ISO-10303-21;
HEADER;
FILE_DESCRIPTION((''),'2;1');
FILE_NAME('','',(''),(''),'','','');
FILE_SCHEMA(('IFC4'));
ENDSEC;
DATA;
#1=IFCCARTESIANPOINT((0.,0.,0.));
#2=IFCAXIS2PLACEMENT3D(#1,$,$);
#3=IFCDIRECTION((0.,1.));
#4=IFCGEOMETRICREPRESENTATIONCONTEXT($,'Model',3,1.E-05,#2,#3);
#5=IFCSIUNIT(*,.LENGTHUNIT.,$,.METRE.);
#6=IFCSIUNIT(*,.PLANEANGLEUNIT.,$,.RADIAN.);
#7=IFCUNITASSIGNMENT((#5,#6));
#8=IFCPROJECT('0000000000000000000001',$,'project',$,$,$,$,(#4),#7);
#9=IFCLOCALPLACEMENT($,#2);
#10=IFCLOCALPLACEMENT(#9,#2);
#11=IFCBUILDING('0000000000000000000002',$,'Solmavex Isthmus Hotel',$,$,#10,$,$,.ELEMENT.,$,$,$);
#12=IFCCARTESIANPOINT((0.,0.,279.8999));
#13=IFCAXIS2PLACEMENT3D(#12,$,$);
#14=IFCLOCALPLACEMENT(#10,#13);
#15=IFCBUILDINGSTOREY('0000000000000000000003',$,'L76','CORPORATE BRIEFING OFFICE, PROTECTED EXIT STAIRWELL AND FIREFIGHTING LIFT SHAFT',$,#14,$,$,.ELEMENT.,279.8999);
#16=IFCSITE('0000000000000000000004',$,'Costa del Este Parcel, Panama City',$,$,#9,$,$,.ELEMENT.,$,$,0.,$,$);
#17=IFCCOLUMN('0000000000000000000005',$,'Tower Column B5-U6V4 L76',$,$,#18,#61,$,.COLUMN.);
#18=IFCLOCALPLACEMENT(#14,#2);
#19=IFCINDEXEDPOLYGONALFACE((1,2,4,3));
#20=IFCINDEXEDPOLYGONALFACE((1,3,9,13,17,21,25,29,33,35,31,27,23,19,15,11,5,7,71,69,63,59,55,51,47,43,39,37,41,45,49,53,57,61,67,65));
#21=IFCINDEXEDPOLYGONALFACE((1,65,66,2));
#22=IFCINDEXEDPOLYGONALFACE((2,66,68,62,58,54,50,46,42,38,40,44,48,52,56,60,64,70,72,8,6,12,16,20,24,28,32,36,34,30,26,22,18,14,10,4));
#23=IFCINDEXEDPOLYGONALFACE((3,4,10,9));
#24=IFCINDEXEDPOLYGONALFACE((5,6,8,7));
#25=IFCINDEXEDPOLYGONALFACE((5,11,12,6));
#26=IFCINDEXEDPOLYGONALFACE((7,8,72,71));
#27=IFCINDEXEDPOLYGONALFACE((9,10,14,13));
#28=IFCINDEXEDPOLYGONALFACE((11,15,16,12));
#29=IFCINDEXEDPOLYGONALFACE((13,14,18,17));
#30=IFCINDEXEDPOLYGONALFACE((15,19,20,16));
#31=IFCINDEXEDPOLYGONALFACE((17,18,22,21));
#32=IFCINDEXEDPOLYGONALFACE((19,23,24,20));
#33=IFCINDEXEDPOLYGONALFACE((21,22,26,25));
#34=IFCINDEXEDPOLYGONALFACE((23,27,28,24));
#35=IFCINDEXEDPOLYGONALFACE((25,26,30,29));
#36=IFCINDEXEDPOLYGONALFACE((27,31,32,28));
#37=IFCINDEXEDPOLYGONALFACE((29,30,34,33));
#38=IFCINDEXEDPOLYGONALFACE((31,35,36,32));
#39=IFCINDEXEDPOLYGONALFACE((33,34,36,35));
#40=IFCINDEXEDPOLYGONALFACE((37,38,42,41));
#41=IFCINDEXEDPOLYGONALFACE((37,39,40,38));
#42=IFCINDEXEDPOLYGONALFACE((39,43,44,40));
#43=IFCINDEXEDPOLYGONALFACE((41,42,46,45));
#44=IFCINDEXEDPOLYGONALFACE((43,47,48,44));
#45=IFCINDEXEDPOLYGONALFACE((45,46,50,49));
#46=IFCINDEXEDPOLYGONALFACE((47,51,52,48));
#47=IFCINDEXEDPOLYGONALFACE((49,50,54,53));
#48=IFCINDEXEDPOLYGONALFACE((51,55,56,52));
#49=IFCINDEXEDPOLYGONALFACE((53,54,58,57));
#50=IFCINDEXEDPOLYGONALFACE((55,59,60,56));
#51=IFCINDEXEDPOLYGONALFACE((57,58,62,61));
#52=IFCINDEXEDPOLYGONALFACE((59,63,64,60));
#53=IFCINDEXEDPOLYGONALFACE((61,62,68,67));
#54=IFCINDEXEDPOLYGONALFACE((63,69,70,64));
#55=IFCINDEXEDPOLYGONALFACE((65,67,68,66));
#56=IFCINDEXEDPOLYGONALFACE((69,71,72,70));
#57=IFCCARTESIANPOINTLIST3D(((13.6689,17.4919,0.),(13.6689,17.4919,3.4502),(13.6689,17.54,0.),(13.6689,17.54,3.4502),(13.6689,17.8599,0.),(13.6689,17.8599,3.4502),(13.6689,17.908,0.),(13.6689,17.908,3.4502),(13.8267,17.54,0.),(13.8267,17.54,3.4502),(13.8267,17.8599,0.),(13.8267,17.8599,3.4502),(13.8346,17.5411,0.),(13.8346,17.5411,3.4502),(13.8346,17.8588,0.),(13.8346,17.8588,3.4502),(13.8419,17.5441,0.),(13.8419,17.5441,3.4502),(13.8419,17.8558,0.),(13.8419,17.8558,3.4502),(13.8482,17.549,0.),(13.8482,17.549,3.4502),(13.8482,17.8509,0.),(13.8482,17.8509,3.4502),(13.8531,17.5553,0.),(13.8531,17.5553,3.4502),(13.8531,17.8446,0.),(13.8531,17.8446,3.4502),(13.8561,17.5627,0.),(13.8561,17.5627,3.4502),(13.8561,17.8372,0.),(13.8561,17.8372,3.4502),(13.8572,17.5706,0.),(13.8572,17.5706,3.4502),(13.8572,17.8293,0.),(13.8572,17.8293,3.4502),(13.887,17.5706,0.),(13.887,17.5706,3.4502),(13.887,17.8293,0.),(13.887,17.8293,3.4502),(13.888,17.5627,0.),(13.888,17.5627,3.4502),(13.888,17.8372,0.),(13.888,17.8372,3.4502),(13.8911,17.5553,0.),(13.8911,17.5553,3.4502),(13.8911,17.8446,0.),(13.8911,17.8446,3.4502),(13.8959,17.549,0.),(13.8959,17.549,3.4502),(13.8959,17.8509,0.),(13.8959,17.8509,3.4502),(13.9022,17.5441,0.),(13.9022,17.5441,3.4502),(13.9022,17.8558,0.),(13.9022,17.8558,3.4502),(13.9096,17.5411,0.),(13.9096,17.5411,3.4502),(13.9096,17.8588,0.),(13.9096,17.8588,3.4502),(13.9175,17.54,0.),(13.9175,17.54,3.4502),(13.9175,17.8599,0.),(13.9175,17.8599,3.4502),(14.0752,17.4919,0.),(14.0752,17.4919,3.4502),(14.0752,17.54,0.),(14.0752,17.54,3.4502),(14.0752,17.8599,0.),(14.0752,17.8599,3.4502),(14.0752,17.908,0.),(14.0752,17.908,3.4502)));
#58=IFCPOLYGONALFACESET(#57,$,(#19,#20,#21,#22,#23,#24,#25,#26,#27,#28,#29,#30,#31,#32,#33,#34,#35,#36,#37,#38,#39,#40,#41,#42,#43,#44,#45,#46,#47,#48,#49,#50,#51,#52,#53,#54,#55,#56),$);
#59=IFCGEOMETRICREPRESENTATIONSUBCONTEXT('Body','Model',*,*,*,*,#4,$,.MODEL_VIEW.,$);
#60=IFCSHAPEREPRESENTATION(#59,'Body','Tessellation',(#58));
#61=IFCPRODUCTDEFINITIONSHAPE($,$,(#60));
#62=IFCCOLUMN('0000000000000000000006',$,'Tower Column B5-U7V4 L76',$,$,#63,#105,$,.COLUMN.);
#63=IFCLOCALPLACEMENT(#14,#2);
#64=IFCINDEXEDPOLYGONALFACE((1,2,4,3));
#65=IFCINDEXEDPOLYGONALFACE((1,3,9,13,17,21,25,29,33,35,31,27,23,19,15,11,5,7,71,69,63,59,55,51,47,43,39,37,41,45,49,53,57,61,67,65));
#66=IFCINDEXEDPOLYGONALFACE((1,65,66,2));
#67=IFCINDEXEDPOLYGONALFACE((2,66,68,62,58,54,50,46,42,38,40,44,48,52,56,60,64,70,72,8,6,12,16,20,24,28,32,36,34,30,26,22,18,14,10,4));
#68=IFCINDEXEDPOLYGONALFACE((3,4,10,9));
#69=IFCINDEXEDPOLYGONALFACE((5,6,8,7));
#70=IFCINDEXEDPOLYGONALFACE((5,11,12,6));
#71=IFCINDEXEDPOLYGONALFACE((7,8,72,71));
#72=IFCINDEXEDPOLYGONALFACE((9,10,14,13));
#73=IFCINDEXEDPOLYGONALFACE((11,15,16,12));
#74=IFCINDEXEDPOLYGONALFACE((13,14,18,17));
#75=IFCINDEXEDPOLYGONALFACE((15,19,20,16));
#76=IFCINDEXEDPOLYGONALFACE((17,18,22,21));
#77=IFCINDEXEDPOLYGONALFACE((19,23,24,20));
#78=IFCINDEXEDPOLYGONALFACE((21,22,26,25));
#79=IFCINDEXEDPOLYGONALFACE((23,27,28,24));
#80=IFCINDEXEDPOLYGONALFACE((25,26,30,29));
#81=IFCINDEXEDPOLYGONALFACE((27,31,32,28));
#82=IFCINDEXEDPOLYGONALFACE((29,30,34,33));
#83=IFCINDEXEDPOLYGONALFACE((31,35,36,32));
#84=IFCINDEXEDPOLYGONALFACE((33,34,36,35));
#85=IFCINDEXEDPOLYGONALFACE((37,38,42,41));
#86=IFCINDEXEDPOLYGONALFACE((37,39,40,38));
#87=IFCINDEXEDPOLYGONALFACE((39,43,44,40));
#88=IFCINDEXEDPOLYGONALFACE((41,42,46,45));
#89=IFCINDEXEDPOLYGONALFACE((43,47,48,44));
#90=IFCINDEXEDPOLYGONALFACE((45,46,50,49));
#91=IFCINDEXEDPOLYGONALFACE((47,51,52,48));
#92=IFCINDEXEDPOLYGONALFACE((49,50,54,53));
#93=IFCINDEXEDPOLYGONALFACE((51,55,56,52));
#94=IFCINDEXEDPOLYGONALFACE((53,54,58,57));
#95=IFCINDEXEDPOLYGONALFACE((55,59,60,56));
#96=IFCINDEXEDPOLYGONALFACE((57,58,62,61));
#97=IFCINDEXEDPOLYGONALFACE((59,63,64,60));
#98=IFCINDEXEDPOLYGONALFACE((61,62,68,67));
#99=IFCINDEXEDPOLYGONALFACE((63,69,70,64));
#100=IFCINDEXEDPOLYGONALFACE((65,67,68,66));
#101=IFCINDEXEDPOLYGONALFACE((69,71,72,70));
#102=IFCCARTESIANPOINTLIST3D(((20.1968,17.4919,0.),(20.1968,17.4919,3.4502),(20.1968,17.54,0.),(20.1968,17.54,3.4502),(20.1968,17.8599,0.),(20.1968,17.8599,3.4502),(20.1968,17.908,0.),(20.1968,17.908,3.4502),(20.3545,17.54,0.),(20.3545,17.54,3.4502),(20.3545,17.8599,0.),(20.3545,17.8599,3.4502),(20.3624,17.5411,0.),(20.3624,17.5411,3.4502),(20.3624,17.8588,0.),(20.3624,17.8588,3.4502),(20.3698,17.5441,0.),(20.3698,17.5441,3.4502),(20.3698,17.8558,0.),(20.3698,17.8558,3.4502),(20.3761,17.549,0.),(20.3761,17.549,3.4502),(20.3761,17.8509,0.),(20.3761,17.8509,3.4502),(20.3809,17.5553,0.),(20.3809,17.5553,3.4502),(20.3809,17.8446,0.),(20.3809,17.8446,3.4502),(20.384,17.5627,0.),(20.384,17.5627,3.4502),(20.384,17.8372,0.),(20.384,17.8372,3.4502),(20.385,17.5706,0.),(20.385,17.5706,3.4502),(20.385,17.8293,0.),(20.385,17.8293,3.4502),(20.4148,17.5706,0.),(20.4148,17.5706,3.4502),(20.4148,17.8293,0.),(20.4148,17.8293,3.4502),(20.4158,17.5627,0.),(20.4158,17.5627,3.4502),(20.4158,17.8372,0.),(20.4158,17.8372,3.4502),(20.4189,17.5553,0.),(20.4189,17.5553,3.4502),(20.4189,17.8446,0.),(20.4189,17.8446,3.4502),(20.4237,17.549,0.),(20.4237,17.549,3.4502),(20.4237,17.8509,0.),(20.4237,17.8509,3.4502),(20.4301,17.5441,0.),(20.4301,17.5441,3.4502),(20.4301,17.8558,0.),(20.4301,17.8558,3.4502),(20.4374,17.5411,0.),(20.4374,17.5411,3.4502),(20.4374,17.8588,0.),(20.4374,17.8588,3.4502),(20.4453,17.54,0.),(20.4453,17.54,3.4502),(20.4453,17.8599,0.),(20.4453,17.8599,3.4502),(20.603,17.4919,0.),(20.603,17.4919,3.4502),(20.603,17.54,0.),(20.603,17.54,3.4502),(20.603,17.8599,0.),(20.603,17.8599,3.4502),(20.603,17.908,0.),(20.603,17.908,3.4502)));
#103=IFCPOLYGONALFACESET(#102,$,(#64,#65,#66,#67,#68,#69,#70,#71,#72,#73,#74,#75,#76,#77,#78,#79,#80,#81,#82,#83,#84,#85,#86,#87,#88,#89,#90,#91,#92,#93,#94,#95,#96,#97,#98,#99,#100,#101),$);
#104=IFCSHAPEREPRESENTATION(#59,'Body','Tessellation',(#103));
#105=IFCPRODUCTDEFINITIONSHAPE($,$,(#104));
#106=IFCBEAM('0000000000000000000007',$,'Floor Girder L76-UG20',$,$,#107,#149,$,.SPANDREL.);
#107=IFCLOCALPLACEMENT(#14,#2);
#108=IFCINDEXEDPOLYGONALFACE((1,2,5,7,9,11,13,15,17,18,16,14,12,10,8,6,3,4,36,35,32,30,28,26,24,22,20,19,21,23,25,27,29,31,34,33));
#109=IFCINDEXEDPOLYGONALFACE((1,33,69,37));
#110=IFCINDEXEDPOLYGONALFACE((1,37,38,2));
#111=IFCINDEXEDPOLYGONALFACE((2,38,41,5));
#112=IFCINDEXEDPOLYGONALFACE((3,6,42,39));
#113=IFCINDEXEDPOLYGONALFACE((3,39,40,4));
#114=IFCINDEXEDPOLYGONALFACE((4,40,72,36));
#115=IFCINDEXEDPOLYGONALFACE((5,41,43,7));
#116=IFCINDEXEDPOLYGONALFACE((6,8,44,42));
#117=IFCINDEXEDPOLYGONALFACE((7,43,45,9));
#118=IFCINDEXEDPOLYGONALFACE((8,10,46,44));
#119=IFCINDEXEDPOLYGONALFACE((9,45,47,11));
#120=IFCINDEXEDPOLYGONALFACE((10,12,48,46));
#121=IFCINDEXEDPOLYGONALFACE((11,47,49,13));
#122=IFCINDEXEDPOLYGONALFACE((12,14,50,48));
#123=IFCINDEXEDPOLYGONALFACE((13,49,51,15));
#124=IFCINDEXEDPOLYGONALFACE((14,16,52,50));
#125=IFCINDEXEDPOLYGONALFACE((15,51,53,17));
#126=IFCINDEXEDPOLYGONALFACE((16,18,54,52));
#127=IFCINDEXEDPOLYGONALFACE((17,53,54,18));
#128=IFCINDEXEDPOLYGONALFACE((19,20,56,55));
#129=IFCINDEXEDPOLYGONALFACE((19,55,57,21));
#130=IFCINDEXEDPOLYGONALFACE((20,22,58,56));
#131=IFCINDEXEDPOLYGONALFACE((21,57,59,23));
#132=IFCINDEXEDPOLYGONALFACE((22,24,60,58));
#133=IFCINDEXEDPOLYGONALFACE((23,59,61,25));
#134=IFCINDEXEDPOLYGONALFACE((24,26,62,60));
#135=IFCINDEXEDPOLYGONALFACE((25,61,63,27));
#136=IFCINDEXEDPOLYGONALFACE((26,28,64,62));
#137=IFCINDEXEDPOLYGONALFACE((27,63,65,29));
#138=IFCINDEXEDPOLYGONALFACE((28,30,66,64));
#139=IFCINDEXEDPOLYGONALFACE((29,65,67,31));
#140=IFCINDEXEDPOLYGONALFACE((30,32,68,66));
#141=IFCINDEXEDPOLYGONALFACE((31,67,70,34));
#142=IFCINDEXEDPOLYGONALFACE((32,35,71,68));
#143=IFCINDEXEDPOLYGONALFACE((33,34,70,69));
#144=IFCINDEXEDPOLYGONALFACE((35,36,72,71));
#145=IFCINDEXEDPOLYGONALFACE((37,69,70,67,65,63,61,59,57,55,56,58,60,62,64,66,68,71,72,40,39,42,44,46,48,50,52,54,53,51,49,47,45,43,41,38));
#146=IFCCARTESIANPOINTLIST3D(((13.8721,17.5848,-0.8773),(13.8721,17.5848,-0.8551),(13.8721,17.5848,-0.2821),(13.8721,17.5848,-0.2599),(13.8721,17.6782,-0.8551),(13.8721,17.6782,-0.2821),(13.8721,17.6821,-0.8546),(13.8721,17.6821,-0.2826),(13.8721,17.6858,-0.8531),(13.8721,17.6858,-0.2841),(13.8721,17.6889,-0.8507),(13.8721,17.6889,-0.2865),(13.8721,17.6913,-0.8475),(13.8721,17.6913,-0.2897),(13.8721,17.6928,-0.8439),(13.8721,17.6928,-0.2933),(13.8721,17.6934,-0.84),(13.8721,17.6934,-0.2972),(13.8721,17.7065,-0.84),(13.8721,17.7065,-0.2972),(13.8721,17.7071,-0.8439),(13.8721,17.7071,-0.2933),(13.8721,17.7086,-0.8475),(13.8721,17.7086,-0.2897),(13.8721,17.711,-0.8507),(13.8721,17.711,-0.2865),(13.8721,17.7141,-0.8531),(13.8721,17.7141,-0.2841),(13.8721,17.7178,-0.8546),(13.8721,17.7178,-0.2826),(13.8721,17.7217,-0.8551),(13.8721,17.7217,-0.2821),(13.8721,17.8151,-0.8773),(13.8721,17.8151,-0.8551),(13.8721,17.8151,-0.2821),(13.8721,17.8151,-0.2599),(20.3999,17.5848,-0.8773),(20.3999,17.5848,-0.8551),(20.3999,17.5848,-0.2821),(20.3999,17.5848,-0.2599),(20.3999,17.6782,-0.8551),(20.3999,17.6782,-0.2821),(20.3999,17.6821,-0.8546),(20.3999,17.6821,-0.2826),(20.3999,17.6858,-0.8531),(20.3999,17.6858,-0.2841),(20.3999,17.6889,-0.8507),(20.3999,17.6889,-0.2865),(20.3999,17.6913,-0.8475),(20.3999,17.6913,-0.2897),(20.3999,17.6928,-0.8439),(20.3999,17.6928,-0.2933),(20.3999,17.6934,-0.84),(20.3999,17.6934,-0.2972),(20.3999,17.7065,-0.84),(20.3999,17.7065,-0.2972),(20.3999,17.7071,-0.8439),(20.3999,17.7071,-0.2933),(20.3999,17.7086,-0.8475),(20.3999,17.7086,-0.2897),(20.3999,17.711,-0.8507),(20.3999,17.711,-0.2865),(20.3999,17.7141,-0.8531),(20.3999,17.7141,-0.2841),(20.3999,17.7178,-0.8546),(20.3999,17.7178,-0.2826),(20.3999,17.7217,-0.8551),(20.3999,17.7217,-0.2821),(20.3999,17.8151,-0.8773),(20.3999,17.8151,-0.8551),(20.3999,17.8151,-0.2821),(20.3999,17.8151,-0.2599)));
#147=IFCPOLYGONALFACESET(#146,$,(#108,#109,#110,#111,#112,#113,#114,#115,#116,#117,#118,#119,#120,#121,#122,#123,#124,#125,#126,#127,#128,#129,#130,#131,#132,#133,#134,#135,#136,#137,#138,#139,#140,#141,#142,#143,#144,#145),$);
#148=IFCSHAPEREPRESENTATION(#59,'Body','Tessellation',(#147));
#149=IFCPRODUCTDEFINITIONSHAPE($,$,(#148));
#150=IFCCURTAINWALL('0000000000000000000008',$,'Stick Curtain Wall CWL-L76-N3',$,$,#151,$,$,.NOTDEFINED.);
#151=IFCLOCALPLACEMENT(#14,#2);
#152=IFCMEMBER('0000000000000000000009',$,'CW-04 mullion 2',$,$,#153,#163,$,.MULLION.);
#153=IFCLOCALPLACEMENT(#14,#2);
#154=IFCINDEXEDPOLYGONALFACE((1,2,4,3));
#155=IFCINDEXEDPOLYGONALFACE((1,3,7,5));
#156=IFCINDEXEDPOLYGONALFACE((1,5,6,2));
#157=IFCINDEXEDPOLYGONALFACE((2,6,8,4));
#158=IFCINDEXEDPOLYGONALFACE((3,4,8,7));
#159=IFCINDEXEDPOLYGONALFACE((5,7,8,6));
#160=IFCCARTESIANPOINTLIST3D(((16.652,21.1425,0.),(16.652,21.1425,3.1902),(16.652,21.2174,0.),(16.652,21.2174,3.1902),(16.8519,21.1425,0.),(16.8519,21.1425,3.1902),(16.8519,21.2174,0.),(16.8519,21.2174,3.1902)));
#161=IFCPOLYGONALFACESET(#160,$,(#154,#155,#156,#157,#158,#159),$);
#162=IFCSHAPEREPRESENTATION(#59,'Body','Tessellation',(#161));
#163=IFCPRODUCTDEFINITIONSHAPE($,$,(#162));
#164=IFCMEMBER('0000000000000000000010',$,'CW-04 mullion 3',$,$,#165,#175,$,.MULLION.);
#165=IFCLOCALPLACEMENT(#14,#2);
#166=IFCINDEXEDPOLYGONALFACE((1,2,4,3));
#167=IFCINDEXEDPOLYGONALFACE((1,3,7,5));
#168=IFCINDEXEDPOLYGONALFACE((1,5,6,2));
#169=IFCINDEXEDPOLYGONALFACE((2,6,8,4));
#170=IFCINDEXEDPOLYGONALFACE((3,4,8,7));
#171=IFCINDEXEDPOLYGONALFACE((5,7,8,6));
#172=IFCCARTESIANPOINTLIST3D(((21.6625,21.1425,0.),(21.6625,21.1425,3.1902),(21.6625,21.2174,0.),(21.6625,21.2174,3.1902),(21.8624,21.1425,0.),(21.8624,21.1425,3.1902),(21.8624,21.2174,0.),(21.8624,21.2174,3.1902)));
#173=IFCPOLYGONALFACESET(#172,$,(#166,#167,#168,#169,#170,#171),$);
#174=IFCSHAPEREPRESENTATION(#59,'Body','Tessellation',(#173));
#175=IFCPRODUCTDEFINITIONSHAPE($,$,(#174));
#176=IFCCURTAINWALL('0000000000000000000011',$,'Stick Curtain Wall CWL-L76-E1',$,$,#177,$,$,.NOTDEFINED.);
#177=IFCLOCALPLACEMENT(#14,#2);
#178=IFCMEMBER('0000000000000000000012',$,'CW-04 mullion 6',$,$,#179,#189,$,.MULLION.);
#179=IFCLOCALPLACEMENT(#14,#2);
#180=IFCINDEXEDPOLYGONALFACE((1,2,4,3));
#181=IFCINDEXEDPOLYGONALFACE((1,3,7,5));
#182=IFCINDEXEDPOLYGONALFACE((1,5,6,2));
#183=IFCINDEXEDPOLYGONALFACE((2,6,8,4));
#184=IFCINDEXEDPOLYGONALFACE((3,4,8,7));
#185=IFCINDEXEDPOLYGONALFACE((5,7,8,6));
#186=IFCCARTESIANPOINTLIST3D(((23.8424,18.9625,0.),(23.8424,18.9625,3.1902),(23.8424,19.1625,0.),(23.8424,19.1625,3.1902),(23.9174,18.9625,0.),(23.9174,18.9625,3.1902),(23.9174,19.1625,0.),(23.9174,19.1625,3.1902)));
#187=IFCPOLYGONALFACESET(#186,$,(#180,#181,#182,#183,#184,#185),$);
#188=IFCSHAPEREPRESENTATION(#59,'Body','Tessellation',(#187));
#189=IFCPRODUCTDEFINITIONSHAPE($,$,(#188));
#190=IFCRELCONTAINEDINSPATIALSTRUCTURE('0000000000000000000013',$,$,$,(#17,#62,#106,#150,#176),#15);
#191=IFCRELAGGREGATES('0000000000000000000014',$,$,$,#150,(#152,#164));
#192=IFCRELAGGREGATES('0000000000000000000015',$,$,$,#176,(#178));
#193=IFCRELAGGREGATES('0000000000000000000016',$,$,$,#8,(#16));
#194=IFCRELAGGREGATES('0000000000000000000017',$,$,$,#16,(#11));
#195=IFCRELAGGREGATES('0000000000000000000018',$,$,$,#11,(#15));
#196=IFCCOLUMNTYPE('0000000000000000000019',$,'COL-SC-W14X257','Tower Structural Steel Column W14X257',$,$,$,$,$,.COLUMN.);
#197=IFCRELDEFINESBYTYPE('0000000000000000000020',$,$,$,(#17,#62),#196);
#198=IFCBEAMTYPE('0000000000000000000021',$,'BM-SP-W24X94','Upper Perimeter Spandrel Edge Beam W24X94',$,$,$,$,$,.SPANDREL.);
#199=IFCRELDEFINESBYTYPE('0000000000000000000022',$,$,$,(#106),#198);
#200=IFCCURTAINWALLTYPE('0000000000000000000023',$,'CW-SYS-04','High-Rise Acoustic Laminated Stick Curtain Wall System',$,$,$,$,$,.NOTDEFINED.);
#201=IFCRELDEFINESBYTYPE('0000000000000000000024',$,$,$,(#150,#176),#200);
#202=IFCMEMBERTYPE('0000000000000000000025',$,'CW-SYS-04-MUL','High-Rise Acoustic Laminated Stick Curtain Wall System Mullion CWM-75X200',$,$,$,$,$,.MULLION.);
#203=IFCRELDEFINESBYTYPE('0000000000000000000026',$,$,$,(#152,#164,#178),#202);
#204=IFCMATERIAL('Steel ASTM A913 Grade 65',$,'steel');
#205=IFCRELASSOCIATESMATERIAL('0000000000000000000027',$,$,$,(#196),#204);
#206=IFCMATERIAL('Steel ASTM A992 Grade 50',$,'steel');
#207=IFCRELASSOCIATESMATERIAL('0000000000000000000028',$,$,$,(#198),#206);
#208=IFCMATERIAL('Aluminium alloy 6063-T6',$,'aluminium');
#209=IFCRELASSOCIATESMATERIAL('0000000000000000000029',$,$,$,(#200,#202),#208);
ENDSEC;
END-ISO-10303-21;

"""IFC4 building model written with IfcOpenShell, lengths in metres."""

from ifc_helpers import new_model, si_unit, direction, frame, origin, origin_2d, place, context, subcontext, project, spatial, rectangle, i_section, extrude, material, material_profile, profile_set, type_object, element, aggregate, save


model = new_model("IFC4")

# Units and contexts
model_context = context("Model", 3, precision=1e-05, world=origin(), true_north=direction((0.0, 1.0)))
body_context = subcontext(model_context, "Body", "Model", "MODEL_VIEW")
ifc_project = project(units=[si_unit("LENGTHUNIT", "METRE"), si_unit("PLANEANGLEUNIT", "RADIAN")], contexts=[model_context])

# Site, building, storey
site_placement = place(None, origin())
site = spatial("IfcSite", under=ifc_project, at=site_placement, Name="Costa del Este Parcel, Panama City", CompositionType="ELEMENT", RefElevation=0.0)
building_placement = place(site_placement, origin())
building = spatial("IfcBuilding", under=site, at=building_placement, Name="Solmavex Isthmus Hotel", CompositionType="ELEMENT")
storey_placement = place(building_placement, frame((0.0, 0.0, 279.8999)))
storey = spatial("IfcBuildingStorey", under=building, at=storey_placement, Name="L76", Description="CORPORATE BRIEFING OFFICE, PROTECTED EXIT STAIRWELL AND FIREFIGHTING LIFT SHAFT", CompositionType="ELEMENT", Elevation=279.8999)

# Columns
ifc_material_1 = material(Name="Steel ASTM A913 Grade 65", Category="steel")
ifc_material_profile_1 = material_profile(ifc_material_1, i_section(OverallWidth=0.4062, OverallDepth=0.416, WebThickness=0.0298, FlangeThickness=0.0481, FilletRadius=0.0305, at=origin_2d()), Name="W14X257")
ifc_profile_set_1 = profile_set([ifc_material_profile_1], Name="Steel ASTM A913 Grade 65")
column_type = type_object("IfcColumnType", Name="COL-SC-W14X257", Description="Tower Structural Steel Column W14X257", PredefinedType="COLUMN", material=ifc_profile_set_1)
for number, where, z_axis, x_axis, name in (
    (1, (13.8721, 17.7, 0.0), (0.0, 0.0, 1.0), (1.0, 0.0, 0.0), "Tower Column B5-U6V4 L76"),
    (2, (20.3999, 17.7, 0.0), (0.0, 0.0, 1.0), (1.0, 0.0, 0.0), "Tower Column B5-U7V4 L76"),
):
    element("IfcColumn", number, at=place(storey_placement, frame(where, z_axis=z_axis, x_axis=x_axis)), inside=storey, type_object=column_type, Name=name, PredefinedType="COLUMN", context=body_context, shape_type="SweptSolid", body=[
        extrude(i_section(OverallWidth=0.4062, OverallDepth=0.416, WebThickness=0.0298, FlangeThickness=0.0481, FilletRadius=0.0305, at=origin_2d()), origin(), (0.0, 0.0, 1.0), 3.4502),
    ])

# Beam
ifc_material_2 = material(Name="Steel ASTM A992 Grade 50", Category="steel")
ifc_material_profile_2 = material_profile(ifc_material_2, i_section(OverallWidth=0.2302, OverallDepth=0.6174, WebThickness=0.0132, FlangeThickness=0.0222, FilletRadius=0.0151, at=origin_2d()), Name="W24X94")
ifc_profile_set_2 = profile_set([ifc_material_profile_2], Name="Steel ASTM A992 Grade 50")
beam_type = type_object("IfcBeamType", Name="BM-SP-W24X94", Description="Upper Perimeter Spandrel Edge Beam W24X94", PredefinedType="SPANDREL", material=ifc_profile_set_2)
beam_placement = place(storey_placement, frame((13.8721, 17.7, -0.5686), z_axis=(1.0, 0.0, 0.0), x_axis=(0.0, 1.0, 0.0)))
element("IfcBeam", 3, at=beam_placement, inside=storey, type_object=beam_type, Name="Floor Girder L76-UG20", PredefinedType="SPANDREL", context=body_context, shape_type="SweptSolid", body=[
    extrude(i_section(OverallWidth=0.2302, OverallDepth=0.6174, WebThickness=0.0132, FlangeThickness=0.0222, FilletRadius=0.0151, at=origin_2d()), origin(), (0.0, 0.0, 1.0), 6.5278),
])

# Curtain wall, members
ifc_material_3 = material(Name="Aluminium alloy 6063-T6", Category="aluminium")
curtain_wall_type = type_object("IfcCurtainWallType", Name="CW-SYS-04", Description="High-Rise Acoustic Laminated Stick Curtain Wall System", PredefinedType="NOTDEFINED", material=ifc_material_3)
curtain_wall_1_placement = place(storey_placement, origin())
curtain_wall_1 = element("IfcCurtainWall", 4, at=curtain_wall_1_placement, inside=storey, type_object=curtain_wall_type, Name="Stick Curtain Wall CWL-L76-N3", PredefinedType="NOTDEFINED")
ifc_material_profile_3 = material_profile(ifc_material_3, rectangle(XDim=0.075, YDim=0.2, at=origin_2d()), Name="CWM-75X200")
ifc_profile_set_3 = profile_set([ifc_material_profile_3], Name="Aluminium alloy 6063-T6")
member_type_1 = type_object("IfcMemberType", Name="CW-SYS-04-MUL", Description="High-Rise Acoustic Laminated Stick Curtain Wall System Mullion CWM-75X200", PredefinedType="MULLION", material=ifc_profile_set_3)
member_1_placement = place(storey_placement, frame((16.752, 21.1799, 0.0), z_axis=(0.0, 0.0, 1.0), x_axis=(0.0, 1.0, 0.0)))
member_1 = element("IfcMember", 5, at=member_1_placement, type_object=member_type_1, Name="CW-04 mullion 2", PredefinedType="MULLION", context=body_context, shape_type="SweptSolid", body=[
    extrude(rectangle(XDim=0.075, YDim=0.2, at=origin_2d()), origin(), (0.0, 0.0, 1.0), 3.1902),
])
member_2_placement = place(storey_placement, frame((21.7625, 21.1799, 0.0), z_axis=(0.0, 0.0, 1.0), x_axis=(0.0, 1.0, 0.0)))
member_2 = element("IfcMember", 6, at=member_2_placement, type_object=member_type_1, Name="CW-04 mullion 3", PredefinedType="MULLION", context=body_context, shape_type="SweptSolid", body=[
    extrude(rectangle(XDim=0.075, YDim=0.2, at=origin_2d()), origin(), (0.0, 0.0, 1.0), 3.1902),
])

# Curtain wall, member
curtain_wall_2_placement = place(storey_placement, origin())
curtain_wall_2 = element("IfcCurtainWall", 7, at=curtain_wall_2_placement, inside=storey, type_object=curtain_wall_type, Name="Stick Curtain Wall CWL-L76-E1", PredefinedType="NOTDEFINED")
member_3_placement = place(storey_placement, frame((23.8799, 19.0625, 0.0), z_axis=(0.0, 0.0, 1.0), x_axis=(-1.0, 0.0, 0.0)))
member_3 = element("IfcMember", 8, at=member_3_placement, type_object=member_type_1, Name="CW-04 mullion 6", PredefinedType="MULLION", context=body_context, shape_type="SweptSolid", body=[
    extrude(rectangle(XDim=0.075, YDim=0.2, at=origin_2d()), origin(), (0.0, 0.0, 1.0), 3.1902),
])

aggregate(curtain_wall_1, [member_1, member_2])
aggregate(curtain_wall_2, [member_3])

save(model, "model.ifc")
